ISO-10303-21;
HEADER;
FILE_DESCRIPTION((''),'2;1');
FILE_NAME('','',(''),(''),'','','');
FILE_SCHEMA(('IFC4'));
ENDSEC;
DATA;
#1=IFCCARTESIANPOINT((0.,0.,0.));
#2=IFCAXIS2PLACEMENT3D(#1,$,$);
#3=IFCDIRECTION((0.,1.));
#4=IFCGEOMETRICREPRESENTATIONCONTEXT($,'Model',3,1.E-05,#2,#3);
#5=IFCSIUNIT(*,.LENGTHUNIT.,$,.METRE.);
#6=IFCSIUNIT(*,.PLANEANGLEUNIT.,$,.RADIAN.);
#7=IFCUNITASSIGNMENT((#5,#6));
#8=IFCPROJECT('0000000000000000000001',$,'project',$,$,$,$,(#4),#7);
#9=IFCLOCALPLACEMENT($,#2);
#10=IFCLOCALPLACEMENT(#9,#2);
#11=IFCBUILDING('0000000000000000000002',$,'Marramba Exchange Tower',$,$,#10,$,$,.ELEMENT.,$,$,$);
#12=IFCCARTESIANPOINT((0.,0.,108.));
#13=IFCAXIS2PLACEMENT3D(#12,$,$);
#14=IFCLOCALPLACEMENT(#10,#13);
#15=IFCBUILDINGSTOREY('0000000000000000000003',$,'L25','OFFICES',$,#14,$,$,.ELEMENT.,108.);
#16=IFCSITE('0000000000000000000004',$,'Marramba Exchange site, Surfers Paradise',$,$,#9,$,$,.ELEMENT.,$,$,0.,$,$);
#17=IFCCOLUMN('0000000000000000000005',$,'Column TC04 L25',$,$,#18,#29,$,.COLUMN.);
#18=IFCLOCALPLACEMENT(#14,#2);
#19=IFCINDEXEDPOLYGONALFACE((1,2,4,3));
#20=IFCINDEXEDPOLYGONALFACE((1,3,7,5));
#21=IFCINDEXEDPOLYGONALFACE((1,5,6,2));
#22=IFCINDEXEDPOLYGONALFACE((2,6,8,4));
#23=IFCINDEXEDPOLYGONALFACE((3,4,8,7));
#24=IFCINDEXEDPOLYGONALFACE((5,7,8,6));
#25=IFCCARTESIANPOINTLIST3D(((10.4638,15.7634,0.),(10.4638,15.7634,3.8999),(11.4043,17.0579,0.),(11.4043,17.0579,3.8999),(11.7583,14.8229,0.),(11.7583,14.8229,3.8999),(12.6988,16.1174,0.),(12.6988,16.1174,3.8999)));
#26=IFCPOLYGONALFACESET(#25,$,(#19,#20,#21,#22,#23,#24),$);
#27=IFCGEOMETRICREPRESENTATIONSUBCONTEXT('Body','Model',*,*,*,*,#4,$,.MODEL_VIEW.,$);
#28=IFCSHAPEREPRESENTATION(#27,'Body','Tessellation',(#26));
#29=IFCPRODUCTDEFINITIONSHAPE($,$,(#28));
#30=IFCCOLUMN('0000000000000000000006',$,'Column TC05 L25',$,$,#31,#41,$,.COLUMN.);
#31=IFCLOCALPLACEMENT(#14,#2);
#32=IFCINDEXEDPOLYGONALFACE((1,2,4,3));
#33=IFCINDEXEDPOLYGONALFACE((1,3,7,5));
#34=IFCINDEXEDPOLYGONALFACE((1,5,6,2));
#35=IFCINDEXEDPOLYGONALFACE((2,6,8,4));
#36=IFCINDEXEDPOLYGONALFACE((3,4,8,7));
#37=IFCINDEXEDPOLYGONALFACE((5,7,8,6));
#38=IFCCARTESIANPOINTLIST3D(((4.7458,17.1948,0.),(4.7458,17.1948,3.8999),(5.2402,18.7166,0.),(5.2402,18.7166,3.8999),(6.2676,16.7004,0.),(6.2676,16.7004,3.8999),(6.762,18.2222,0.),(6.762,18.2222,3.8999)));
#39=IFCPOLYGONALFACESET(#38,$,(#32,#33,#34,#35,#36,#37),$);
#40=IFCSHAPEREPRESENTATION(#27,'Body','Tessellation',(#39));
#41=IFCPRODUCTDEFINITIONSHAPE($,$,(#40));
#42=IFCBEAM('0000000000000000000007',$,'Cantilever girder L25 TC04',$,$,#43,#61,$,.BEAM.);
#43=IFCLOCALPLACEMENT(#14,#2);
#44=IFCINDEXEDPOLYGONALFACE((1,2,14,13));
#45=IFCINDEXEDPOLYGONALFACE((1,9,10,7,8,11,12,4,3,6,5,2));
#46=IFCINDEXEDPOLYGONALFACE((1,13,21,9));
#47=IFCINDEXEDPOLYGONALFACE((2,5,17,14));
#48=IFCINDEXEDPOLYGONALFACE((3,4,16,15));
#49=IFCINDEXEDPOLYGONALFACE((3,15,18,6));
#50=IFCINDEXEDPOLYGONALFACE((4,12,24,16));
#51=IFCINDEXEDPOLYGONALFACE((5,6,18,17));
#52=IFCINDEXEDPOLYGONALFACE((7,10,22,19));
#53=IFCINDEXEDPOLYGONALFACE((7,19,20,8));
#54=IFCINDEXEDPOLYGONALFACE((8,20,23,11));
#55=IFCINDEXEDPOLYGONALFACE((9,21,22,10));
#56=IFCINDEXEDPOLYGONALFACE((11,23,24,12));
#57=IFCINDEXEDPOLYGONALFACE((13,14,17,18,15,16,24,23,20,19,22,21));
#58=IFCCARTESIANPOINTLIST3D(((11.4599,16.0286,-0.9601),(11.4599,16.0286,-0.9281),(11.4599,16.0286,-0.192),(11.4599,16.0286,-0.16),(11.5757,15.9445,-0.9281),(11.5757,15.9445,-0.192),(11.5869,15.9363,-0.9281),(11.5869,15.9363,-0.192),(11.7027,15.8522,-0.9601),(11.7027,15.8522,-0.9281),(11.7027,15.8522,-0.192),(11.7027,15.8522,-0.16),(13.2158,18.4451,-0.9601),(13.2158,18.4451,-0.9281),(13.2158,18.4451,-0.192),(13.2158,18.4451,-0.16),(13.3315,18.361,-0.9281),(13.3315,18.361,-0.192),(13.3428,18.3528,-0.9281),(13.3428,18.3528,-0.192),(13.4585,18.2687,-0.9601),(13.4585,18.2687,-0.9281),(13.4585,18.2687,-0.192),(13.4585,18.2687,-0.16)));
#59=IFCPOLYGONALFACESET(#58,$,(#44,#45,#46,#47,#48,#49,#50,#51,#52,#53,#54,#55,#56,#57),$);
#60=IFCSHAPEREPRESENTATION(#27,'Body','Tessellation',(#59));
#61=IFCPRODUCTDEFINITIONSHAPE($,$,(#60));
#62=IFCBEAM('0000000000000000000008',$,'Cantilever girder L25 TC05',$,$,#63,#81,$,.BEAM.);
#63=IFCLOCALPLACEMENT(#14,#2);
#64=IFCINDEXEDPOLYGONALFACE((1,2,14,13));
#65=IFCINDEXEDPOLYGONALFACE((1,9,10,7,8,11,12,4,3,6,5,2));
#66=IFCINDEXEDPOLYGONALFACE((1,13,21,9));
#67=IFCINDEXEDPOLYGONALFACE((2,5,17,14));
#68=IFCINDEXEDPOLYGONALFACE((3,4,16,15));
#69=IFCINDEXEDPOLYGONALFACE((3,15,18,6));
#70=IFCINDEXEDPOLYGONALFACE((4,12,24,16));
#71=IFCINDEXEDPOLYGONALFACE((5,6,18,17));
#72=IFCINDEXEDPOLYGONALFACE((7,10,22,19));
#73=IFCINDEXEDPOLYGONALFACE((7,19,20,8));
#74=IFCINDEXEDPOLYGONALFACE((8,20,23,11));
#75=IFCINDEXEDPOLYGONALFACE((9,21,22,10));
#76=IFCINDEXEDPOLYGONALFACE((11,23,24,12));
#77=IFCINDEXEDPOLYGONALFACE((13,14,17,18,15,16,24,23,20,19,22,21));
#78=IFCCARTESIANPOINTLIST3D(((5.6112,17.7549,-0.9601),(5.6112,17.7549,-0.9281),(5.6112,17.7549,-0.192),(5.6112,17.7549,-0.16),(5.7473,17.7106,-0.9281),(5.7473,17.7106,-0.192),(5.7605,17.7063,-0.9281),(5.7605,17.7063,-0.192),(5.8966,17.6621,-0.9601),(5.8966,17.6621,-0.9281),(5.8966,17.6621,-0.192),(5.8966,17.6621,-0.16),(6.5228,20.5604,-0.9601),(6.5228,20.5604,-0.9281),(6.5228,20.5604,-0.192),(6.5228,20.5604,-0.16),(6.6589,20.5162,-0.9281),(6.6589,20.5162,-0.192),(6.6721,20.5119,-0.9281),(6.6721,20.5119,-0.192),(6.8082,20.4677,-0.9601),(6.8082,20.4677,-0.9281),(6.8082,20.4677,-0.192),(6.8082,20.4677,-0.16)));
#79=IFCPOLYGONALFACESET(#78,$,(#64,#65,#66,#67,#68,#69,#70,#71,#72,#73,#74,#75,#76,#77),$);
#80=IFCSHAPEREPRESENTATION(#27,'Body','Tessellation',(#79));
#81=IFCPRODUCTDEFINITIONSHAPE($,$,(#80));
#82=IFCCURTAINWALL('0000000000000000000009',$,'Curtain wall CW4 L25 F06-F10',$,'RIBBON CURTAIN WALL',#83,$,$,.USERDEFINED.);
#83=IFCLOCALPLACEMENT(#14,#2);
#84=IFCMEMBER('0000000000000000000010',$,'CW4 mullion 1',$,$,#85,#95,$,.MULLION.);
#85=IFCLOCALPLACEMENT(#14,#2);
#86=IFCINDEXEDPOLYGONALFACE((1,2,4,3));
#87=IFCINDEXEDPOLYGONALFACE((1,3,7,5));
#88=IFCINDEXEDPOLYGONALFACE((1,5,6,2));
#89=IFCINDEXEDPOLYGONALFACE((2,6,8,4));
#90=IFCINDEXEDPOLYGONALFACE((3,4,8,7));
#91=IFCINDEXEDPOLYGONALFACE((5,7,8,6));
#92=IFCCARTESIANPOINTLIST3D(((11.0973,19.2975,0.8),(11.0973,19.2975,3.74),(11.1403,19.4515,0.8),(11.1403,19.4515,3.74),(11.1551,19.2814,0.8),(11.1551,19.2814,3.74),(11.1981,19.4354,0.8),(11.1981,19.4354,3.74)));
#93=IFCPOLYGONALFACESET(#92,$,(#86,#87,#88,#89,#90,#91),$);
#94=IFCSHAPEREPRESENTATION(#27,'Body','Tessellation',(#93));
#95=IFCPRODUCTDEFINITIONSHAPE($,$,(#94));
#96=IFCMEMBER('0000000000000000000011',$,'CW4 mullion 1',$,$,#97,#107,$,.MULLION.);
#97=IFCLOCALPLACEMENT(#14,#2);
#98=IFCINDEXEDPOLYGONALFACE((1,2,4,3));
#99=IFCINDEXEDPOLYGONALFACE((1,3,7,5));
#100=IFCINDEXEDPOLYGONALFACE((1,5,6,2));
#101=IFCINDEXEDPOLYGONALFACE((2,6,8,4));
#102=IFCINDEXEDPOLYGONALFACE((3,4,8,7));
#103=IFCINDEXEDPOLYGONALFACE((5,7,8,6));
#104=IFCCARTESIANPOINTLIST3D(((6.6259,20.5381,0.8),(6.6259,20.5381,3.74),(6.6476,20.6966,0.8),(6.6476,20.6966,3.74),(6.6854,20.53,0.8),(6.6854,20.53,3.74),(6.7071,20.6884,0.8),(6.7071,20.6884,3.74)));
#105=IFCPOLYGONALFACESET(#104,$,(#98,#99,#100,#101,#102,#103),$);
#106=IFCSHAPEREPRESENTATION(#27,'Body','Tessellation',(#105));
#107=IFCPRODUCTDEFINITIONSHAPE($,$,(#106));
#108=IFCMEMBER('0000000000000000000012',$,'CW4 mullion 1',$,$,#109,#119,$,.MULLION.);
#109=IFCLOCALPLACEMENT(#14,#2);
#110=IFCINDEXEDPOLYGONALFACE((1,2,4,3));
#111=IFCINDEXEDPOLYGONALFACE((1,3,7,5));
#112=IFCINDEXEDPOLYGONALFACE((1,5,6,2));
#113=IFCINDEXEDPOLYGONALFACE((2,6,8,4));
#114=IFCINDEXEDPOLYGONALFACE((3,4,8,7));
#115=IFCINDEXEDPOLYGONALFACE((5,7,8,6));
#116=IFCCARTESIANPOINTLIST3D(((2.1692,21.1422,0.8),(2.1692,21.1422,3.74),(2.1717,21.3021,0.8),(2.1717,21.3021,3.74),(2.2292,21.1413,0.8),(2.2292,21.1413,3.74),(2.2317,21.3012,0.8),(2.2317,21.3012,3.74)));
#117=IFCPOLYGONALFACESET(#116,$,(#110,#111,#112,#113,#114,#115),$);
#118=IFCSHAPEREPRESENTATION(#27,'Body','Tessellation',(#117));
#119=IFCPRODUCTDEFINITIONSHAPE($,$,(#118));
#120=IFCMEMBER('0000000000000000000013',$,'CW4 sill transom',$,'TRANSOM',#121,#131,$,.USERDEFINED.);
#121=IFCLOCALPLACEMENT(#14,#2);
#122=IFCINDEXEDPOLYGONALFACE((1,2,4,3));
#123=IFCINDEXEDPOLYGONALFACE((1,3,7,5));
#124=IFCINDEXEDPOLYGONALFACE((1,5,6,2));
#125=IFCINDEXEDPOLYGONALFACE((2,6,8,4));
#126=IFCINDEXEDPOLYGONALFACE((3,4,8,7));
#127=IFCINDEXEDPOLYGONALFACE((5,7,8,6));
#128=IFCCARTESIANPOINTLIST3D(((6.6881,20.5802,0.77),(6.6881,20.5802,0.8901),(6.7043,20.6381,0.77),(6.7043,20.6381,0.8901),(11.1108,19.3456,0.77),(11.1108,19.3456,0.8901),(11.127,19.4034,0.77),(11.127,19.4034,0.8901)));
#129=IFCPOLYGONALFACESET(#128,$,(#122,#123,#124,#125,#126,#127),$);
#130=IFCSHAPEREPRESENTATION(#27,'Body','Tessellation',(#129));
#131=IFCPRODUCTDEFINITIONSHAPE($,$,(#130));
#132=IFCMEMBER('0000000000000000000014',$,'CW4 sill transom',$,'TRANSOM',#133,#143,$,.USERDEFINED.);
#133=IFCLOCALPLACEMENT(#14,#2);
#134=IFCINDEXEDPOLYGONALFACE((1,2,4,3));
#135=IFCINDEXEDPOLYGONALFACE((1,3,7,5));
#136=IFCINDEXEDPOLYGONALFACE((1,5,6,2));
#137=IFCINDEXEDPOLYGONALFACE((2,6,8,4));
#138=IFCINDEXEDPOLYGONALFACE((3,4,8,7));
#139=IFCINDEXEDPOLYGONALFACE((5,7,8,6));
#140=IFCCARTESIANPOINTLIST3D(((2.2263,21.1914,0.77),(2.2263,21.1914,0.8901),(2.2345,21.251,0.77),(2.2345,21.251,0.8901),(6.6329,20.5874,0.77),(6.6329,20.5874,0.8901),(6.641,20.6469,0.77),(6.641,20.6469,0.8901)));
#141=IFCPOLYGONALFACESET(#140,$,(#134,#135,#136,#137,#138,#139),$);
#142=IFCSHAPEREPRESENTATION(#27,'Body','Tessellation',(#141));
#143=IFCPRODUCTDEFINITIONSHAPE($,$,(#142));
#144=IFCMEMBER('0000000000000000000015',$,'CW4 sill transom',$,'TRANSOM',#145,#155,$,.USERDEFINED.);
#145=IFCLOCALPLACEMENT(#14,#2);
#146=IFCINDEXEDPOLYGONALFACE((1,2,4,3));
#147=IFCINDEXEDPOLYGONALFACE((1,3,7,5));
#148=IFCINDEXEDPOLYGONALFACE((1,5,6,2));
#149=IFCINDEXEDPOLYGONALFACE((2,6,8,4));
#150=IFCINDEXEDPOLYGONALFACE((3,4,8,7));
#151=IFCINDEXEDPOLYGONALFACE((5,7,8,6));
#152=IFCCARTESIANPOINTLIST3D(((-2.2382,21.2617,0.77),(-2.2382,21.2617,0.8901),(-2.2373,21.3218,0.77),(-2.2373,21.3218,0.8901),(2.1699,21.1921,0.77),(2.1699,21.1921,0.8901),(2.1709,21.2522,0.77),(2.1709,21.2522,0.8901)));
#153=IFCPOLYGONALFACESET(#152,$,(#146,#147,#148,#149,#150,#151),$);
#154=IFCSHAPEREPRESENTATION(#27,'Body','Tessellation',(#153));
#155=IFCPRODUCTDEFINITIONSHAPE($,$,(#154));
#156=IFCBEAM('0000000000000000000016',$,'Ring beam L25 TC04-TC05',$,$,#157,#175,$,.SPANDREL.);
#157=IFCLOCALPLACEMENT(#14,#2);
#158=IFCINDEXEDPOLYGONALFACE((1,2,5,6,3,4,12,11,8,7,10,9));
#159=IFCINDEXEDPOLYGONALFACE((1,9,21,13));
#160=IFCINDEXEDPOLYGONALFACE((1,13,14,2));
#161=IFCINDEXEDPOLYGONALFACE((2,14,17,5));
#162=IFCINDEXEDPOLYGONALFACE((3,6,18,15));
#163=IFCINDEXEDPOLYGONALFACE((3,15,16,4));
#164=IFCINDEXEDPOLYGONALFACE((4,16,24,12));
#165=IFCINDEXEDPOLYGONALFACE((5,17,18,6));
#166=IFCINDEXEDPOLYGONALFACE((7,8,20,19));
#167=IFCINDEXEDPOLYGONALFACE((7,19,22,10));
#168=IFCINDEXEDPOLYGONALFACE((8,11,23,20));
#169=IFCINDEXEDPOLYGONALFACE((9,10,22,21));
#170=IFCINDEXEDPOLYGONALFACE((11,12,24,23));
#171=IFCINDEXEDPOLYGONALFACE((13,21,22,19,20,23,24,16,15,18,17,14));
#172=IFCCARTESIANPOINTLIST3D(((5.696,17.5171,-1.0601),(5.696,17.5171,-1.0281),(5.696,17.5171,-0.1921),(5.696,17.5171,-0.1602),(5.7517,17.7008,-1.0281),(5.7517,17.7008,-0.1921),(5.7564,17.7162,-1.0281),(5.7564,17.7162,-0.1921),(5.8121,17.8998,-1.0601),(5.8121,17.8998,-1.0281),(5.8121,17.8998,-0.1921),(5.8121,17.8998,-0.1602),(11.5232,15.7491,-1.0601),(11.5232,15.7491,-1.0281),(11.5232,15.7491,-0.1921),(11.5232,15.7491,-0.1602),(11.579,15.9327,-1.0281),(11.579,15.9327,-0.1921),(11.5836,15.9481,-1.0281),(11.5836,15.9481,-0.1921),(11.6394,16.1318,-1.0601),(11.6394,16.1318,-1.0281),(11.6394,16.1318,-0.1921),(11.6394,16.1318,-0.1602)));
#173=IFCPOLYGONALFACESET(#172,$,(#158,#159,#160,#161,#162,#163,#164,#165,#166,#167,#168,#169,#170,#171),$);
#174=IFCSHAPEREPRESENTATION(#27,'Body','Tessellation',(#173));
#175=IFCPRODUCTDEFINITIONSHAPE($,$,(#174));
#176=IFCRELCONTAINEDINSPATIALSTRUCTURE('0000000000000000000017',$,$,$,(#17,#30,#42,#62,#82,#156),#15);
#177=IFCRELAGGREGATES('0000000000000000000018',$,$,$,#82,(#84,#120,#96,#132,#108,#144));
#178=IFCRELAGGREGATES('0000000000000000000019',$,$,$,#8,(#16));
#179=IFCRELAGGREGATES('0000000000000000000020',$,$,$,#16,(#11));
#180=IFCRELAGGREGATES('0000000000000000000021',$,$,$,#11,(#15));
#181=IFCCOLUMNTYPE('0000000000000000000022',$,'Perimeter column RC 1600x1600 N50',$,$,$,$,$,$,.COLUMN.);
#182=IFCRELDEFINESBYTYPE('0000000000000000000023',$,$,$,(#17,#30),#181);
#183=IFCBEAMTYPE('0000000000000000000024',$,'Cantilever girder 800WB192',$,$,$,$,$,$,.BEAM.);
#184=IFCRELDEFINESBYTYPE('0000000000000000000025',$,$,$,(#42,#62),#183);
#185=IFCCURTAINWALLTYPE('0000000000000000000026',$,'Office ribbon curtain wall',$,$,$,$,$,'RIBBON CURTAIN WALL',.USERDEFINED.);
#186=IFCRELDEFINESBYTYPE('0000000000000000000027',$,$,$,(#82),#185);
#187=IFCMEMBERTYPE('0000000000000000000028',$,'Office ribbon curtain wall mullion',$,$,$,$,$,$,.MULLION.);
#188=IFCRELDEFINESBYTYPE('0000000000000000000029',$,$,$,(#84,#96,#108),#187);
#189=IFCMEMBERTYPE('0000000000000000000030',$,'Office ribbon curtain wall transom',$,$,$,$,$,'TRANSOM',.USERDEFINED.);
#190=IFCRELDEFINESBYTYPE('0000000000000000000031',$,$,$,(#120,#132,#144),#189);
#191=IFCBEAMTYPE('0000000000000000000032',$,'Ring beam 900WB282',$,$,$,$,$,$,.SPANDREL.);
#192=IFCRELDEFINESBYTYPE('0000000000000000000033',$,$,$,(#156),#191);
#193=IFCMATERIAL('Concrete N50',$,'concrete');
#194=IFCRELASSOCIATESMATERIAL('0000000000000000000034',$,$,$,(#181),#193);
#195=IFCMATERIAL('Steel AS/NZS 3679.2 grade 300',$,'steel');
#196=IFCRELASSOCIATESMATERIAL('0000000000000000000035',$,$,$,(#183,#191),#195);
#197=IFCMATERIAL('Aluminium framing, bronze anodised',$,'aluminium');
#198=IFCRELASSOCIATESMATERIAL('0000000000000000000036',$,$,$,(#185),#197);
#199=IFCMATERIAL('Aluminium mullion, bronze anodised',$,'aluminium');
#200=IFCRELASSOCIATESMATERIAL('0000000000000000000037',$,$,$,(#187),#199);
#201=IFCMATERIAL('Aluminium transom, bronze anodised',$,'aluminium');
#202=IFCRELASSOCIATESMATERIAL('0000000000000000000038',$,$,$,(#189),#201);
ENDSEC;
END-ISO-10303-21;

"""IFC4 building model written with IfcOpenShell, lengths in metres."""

from ifc_helpers import new_model, si_unit, direction, frame, origin, origin_2d, place, context, subcontext, project, spatial, rectangle, i_section, extrude, material, material_profile, profile_set, type_object, element, aggregate, save


model = new_model("IFC4")

# Units and contexts
model_context = context("Model", 3, precision=1e-05, world=origin(), true_north=direction((0.0, 1.0)))
body_context = subcontext(model_context, "Body", "Model", "MODEL_VIEW")
ifc_project = project(units=[si_unit("LENGTHUNIT", "METRE"), si_unit("PLANEANGLEUNIT", "RADIAN")], contexts=[model_context])

# Site, building, storey
site_placement = place(None, origin())
site = spatial("IfcSite", under=ifc_project, at=site_placement, Name="Marramba Exchange site, Surfers Paradise", CompositionType="ELEMENT", RefElevation=0.0)
building_placement = place(site_placement, origin())
building = spatial("IfcBuilding", under=site, at=building_placement, Name="Marramba Exchange Tower", CompositionType="ELEMENT")
storey_placement = place(building_placement, frame((0.0, 0.0, 108.0)))
storey = spatial("IfcBuildingStorey", under=building, at=storey_placement, Name="L25", Description="OFFICES", CompositionType="ELEMENT", Elevation=108.0)

# Columns
ifc_material_1 = material(Name="Concrete N50", Category="concrete")
ifc_material_profile_1 = material_profile(ifc_material_1, rectangle(XDim=1.6001, YDim=1.6001, at=origin_2d()), Name="RC 1600x1600")
ifc_profile_set_1 = profile_set([ifc_material_profile_1], Name="Concrete N50")
column_type = type_object("IfcColumnType", Name="Perimeter column RC 1600x1600 N50", PredefinedType="COLUMN", material=ifc_profile_set_1)
for number, where, z_axis, x_axis, name in (
    (1, (11.5813, 15.9404, 0.0), (0.0, 0.0, 1.0), (0.587785, 0.809017, 0.0), "Column TC04 L25"),
    (2, (5.7539, 17.7085, 0.0), (0.0, 0.0, 1.0), (0.309017, 0.951057, 0.0), "Column TC05 L25"),
):
    element("IfcColumn", number, at=place(storey_placement, frame(where, z_axis=z_axis, x_axis=x_axis)), inside=storey, type_object=column_type, Name=name, PredefinedType="COLUMN", context=body_context, shape_type="SweptSolid", body=[
        extrude(rectangle(XDim=1.6001, YDim=1.6001, at=origin_2d()), origin(), (0.0, 0.0, 1.0), 3.8999),
    ])

# Beams
ifc_material_2 = material(Name="Steel AS/NZS 3679.2 grade 300", Category="steel")
ifc_material_profile_2 = material_profile(ifc_material_2, i_section(OverallWidth=0.3, OverallDepth=0.8, WebThickness=0.0139, FlangeThickness=0.032, at=origin_2d()), Name="800WB192")
ifc_profile_set_2 = profile_set([ifc_material_profile_2], Name="Steel AS/NZS 3679.2 grade 300")
beam_type_1 = type_object("IfcBeamType", Name="Cantilever girder 800WB192", PredefinedType="BEAM", material=ifc_profile_set_2)
beam_1_placement = place(storey_placement, frame((11.5813, 15.9404, -0.5601), z_axis=(0.587822, 0.80899, 0.0), x_axis=(-0.80899, 0.587822, 0.0)))
element("IfcBeam", 3, at=beam_1_placement, inside=storey, type_object=beam_type_1, Name="Cantilever girder L25 TC04", PredefinedType="BEAM", context=body_context, shape_type="SweptSolid", body=[
    extrude(i_section(OverallWidth=0.3, OverallDepth=0.8, WebThickness=0.0139, FlangeThickness=0.032, at=origin_2d()), origin(), (0.0, 0.0, 1.0), 2.9871),
])
beam_2_placement = place(storey_placement, frame((5.7539, 17.7085, -0.5601), z_axis=(0.309019, 0.951056, 0.0), x_axis=(-0.951056, 0.309019, 0.0)))
element("IfcBeam", 4, at=beam_2_placement, inside=storey, type_object=beam_type_1, Name="Cantilever girder L25 TC05", PredefinedType="BEAM", context=body_context, shape_type="SweptSolid", body=[
    extrude(i_section(OverallWidth=0.3, OverallDepth=0.8, WebThickness=0.0139, FlangeThickness=0.032, at=origin_2d()), origin(), (0.0, 0.0, 1.0), 2.95),
])

# Curtain wall, members
ifc_material_3 = material(Name="Aluminium framing, bronze anodised", Category="aluminium")
curtain_wall_type = type_object("IfcCurtainWallType", Name="Office ribbon curtain wall", ElementType="RIBBON CURTAIN WALL", PredefinedType="USERDEFINED", material=ifc_material_3)
curtain_wall_placement = place(storey_placement, origin())
curtain_wall = element("IfcCurtainWall", 5, at=curtain_wall_placement, inside=storey, type_object=curtain_wall_type, Name="Curtain wall CW4 L25 F06-F10", ObjectType="RIBBON CURTAIN WALL", PredefinedType="USERDEFINED")
ifc_material_4 = material(Name="Aluminium mullion, bronze anodised", Category="aluminium")
ifc_material_profile_3 = material_profile(ifc_material_4, rectangle(XDim=0.1599, YDim=0.0601, at=origin_2d()), Name="CW4 mullion 60x160")
ifc_profile_set_3 = profile_set([ifc_material_profile_3], Name="Aluminium mullion, bronze anodised")
member_type_1 = type_object("IfcMemberType", Name="Office ribbon curtain wall mullion", PredefinedType="MULLION", material=ifc_profile_set_3)
member_1_placement = place(storey_placement, frame((11.1477, 19.3665, 0.8), z_axis=(0.0, 0.0, 1.0), x_axis=(-0.268865, -0.963178, 0.0)))
member_1 = element("IfcMember", 6, at=member_1_placement, type_object=member_type_1, Name="CW4 mullion 1", PredefinedType="MULLION", context=body_context, shape_type="SweptSolid", body=[
    extrude(rectangle(XDim=0.1599, YDim=0.0601, at=origin_2d()), origin(), (0.0, 0.0, 1.0), 2.9399),
])
member_2_placement = place(storey_placement, frame((6.6665, 20.6133, 0.8), z_axis=(0.0, 0.0, 1.0), x_axis=(-0.135786, -0.990738, 0.0)))
member_2 = element("IfcMember", 7, at=member_2_placement, type_object=member_type_1, Name="CW4 mullion 1", PredefinedType="MULLION", context=body_context, shape_type="SweptSolid", body=[
    extrude(rectangle(XDim=0.1599, YDim=0.0601, at=origin_2d()), origin(), (0.0, 0.0, 1.0), 2.9399),
])
member_3_placement = place(storey_placement, frame((2.2004, 21.2217, 0.8), z_axis=(0.0, 0.0, 1.0), x_axis=(-0.015756, -0.999876, 0.0)))
member_3 = element("IfcMember", 8, at=member_3_placement, type_object=member_type_1, Name="CW4 mullion 1", PredefinedType="MULLION", context=body_context, shape_type="SweptSolid", body=[
    extrude(rectangle(XDim=0.1599, YDim=0.0601, at=origin_2d()), origin(), (0.0, 0.0, 1.0), 2.9399),
])
ifc_material_5 = material(Name="Aluminium transom, bronze anodised", Category="aluminium")
ifc_material_profile_4 = material_profile(ifc_material_5, rectangle(XDim=0.0601, YDim=0.1201, at=origin_2d()), Name="CW4 transom 60x120")
ifc_profile_set_4 = profile_set([ifc_material_profile_4], Name="Aluminium transom, bronze anodised")
member_type_2 = type_object("IfcMemberType", Name="Office ribbon curtain wall transom", ElementType="TRANSOM", PredefinedType="USERDEFINED", material=ifc_profile_set_4)
member_4_placement = place(storey_placement, frame((11.1189, 19.3745, 0.8301), z_axis=(-0.963174, 0.26888, 0.0), x_axis=(-0.26888, -0.963174, 0.0)))
member_4 = element("IfcMember", 9, at=member_4_placement, type_object=member_type_2, Name="CW4 sill transom", ObjectType="TRANSOM", PredefinedType="USERDEFINED", context=body_context, shape_type="SweptSolid", body=[
    extrude(rectangle(XDim=0.0601, YDim=0.1201, at=origin_2d()), origin(), (0.0, 0.0, 1.0), 4.5918),
])
member_5_placement = place(storey_placement, frame((6.637, 20.6172, 0.8301), z_axis=(-0.990736, 0.135801, 0.0), x_axis=(-0.135801, -0.990736, 0.0)))
member_5 = element("IfcMember", 10, at=member_5_placement, type_object=member_type_2, Name="CW4 sill transom", ObjectType="TRANSOM", PredefinedType="USERDEFINED", context=body_context, shape_type="SweptSolid", body=[
    extrude(rectangle(XDim=0.0601, YDim=0.1201, at=origin_2d()), origin(), (0.0, 0.0, 1.0), 4.4478),
])
member_6_placement = place(storey_placement, frame((2.1704, 21.2222, 0.8301), z_axis=(-0.999875, 0.015782, 0.0), x_axis=(-0.015782, -0.999875, 0.0)))
member_6 = element("IfcMember", 11, at=member_6_placement, type_object=member_type_2, Name="CW4 sill transom", ObjectType="TRANSOM", PredefinedType="USERDEFINED", context=body_context, shape_type="SweptSolid", body=[
    extrude(rectangle(XDim=0.0601, YDim=0.1201, at=origin_2d()), origin(), (0.0, 0.0, 1.0), 4.4087),
])

# Beam
ifc_material_profile_5 = material_profile(ifc_material_2, i_section(OverallWidth=0.3999, OverallDepth=0.8999, WebThickness=0.0161, FlangeThickness=0.032, at=origin_2d()), Name="900WB282")
ifc_profile_set_5 = profile_set([ifc_material_profile_5], Name="Steel AS/NZS 3679.2 grade 300")
beam_type_2 = type_object("IfcBeamType", Name="Ring beam 900WB282", PredefinedType="SPANDREL", material=ifc_profile_set_5)
beam_3_placement = place(storey_placement, frame((11.5813, 15.9404, -0.6101), z_axis=(-0.956925, 0.290337, 0.0), x_axis=(-0.290337, -0.956925, 0.0)))
element("IfcBeam", 12, at=beam_3_placement, inside=storey, type_object=beam_type_2, Name="Ring beam L25 TC04-TC05", PredefinedType="SPANDREL", context=body_context, shape_type="SweptSolid", body=[
    extrude(i_section(OverallWidth=0.3999, OverallDepth=0.8999, WebThickness=0.0161, FlangeThickness=0.032, at=origin_2d()), origin(), (0.0, 0.0, 1.0), 6.0896),
])

aggregate(curtain_wall, [member_1, member_4, member_2, member_5, member_3, member_6])

save(model, "model.ifc")
